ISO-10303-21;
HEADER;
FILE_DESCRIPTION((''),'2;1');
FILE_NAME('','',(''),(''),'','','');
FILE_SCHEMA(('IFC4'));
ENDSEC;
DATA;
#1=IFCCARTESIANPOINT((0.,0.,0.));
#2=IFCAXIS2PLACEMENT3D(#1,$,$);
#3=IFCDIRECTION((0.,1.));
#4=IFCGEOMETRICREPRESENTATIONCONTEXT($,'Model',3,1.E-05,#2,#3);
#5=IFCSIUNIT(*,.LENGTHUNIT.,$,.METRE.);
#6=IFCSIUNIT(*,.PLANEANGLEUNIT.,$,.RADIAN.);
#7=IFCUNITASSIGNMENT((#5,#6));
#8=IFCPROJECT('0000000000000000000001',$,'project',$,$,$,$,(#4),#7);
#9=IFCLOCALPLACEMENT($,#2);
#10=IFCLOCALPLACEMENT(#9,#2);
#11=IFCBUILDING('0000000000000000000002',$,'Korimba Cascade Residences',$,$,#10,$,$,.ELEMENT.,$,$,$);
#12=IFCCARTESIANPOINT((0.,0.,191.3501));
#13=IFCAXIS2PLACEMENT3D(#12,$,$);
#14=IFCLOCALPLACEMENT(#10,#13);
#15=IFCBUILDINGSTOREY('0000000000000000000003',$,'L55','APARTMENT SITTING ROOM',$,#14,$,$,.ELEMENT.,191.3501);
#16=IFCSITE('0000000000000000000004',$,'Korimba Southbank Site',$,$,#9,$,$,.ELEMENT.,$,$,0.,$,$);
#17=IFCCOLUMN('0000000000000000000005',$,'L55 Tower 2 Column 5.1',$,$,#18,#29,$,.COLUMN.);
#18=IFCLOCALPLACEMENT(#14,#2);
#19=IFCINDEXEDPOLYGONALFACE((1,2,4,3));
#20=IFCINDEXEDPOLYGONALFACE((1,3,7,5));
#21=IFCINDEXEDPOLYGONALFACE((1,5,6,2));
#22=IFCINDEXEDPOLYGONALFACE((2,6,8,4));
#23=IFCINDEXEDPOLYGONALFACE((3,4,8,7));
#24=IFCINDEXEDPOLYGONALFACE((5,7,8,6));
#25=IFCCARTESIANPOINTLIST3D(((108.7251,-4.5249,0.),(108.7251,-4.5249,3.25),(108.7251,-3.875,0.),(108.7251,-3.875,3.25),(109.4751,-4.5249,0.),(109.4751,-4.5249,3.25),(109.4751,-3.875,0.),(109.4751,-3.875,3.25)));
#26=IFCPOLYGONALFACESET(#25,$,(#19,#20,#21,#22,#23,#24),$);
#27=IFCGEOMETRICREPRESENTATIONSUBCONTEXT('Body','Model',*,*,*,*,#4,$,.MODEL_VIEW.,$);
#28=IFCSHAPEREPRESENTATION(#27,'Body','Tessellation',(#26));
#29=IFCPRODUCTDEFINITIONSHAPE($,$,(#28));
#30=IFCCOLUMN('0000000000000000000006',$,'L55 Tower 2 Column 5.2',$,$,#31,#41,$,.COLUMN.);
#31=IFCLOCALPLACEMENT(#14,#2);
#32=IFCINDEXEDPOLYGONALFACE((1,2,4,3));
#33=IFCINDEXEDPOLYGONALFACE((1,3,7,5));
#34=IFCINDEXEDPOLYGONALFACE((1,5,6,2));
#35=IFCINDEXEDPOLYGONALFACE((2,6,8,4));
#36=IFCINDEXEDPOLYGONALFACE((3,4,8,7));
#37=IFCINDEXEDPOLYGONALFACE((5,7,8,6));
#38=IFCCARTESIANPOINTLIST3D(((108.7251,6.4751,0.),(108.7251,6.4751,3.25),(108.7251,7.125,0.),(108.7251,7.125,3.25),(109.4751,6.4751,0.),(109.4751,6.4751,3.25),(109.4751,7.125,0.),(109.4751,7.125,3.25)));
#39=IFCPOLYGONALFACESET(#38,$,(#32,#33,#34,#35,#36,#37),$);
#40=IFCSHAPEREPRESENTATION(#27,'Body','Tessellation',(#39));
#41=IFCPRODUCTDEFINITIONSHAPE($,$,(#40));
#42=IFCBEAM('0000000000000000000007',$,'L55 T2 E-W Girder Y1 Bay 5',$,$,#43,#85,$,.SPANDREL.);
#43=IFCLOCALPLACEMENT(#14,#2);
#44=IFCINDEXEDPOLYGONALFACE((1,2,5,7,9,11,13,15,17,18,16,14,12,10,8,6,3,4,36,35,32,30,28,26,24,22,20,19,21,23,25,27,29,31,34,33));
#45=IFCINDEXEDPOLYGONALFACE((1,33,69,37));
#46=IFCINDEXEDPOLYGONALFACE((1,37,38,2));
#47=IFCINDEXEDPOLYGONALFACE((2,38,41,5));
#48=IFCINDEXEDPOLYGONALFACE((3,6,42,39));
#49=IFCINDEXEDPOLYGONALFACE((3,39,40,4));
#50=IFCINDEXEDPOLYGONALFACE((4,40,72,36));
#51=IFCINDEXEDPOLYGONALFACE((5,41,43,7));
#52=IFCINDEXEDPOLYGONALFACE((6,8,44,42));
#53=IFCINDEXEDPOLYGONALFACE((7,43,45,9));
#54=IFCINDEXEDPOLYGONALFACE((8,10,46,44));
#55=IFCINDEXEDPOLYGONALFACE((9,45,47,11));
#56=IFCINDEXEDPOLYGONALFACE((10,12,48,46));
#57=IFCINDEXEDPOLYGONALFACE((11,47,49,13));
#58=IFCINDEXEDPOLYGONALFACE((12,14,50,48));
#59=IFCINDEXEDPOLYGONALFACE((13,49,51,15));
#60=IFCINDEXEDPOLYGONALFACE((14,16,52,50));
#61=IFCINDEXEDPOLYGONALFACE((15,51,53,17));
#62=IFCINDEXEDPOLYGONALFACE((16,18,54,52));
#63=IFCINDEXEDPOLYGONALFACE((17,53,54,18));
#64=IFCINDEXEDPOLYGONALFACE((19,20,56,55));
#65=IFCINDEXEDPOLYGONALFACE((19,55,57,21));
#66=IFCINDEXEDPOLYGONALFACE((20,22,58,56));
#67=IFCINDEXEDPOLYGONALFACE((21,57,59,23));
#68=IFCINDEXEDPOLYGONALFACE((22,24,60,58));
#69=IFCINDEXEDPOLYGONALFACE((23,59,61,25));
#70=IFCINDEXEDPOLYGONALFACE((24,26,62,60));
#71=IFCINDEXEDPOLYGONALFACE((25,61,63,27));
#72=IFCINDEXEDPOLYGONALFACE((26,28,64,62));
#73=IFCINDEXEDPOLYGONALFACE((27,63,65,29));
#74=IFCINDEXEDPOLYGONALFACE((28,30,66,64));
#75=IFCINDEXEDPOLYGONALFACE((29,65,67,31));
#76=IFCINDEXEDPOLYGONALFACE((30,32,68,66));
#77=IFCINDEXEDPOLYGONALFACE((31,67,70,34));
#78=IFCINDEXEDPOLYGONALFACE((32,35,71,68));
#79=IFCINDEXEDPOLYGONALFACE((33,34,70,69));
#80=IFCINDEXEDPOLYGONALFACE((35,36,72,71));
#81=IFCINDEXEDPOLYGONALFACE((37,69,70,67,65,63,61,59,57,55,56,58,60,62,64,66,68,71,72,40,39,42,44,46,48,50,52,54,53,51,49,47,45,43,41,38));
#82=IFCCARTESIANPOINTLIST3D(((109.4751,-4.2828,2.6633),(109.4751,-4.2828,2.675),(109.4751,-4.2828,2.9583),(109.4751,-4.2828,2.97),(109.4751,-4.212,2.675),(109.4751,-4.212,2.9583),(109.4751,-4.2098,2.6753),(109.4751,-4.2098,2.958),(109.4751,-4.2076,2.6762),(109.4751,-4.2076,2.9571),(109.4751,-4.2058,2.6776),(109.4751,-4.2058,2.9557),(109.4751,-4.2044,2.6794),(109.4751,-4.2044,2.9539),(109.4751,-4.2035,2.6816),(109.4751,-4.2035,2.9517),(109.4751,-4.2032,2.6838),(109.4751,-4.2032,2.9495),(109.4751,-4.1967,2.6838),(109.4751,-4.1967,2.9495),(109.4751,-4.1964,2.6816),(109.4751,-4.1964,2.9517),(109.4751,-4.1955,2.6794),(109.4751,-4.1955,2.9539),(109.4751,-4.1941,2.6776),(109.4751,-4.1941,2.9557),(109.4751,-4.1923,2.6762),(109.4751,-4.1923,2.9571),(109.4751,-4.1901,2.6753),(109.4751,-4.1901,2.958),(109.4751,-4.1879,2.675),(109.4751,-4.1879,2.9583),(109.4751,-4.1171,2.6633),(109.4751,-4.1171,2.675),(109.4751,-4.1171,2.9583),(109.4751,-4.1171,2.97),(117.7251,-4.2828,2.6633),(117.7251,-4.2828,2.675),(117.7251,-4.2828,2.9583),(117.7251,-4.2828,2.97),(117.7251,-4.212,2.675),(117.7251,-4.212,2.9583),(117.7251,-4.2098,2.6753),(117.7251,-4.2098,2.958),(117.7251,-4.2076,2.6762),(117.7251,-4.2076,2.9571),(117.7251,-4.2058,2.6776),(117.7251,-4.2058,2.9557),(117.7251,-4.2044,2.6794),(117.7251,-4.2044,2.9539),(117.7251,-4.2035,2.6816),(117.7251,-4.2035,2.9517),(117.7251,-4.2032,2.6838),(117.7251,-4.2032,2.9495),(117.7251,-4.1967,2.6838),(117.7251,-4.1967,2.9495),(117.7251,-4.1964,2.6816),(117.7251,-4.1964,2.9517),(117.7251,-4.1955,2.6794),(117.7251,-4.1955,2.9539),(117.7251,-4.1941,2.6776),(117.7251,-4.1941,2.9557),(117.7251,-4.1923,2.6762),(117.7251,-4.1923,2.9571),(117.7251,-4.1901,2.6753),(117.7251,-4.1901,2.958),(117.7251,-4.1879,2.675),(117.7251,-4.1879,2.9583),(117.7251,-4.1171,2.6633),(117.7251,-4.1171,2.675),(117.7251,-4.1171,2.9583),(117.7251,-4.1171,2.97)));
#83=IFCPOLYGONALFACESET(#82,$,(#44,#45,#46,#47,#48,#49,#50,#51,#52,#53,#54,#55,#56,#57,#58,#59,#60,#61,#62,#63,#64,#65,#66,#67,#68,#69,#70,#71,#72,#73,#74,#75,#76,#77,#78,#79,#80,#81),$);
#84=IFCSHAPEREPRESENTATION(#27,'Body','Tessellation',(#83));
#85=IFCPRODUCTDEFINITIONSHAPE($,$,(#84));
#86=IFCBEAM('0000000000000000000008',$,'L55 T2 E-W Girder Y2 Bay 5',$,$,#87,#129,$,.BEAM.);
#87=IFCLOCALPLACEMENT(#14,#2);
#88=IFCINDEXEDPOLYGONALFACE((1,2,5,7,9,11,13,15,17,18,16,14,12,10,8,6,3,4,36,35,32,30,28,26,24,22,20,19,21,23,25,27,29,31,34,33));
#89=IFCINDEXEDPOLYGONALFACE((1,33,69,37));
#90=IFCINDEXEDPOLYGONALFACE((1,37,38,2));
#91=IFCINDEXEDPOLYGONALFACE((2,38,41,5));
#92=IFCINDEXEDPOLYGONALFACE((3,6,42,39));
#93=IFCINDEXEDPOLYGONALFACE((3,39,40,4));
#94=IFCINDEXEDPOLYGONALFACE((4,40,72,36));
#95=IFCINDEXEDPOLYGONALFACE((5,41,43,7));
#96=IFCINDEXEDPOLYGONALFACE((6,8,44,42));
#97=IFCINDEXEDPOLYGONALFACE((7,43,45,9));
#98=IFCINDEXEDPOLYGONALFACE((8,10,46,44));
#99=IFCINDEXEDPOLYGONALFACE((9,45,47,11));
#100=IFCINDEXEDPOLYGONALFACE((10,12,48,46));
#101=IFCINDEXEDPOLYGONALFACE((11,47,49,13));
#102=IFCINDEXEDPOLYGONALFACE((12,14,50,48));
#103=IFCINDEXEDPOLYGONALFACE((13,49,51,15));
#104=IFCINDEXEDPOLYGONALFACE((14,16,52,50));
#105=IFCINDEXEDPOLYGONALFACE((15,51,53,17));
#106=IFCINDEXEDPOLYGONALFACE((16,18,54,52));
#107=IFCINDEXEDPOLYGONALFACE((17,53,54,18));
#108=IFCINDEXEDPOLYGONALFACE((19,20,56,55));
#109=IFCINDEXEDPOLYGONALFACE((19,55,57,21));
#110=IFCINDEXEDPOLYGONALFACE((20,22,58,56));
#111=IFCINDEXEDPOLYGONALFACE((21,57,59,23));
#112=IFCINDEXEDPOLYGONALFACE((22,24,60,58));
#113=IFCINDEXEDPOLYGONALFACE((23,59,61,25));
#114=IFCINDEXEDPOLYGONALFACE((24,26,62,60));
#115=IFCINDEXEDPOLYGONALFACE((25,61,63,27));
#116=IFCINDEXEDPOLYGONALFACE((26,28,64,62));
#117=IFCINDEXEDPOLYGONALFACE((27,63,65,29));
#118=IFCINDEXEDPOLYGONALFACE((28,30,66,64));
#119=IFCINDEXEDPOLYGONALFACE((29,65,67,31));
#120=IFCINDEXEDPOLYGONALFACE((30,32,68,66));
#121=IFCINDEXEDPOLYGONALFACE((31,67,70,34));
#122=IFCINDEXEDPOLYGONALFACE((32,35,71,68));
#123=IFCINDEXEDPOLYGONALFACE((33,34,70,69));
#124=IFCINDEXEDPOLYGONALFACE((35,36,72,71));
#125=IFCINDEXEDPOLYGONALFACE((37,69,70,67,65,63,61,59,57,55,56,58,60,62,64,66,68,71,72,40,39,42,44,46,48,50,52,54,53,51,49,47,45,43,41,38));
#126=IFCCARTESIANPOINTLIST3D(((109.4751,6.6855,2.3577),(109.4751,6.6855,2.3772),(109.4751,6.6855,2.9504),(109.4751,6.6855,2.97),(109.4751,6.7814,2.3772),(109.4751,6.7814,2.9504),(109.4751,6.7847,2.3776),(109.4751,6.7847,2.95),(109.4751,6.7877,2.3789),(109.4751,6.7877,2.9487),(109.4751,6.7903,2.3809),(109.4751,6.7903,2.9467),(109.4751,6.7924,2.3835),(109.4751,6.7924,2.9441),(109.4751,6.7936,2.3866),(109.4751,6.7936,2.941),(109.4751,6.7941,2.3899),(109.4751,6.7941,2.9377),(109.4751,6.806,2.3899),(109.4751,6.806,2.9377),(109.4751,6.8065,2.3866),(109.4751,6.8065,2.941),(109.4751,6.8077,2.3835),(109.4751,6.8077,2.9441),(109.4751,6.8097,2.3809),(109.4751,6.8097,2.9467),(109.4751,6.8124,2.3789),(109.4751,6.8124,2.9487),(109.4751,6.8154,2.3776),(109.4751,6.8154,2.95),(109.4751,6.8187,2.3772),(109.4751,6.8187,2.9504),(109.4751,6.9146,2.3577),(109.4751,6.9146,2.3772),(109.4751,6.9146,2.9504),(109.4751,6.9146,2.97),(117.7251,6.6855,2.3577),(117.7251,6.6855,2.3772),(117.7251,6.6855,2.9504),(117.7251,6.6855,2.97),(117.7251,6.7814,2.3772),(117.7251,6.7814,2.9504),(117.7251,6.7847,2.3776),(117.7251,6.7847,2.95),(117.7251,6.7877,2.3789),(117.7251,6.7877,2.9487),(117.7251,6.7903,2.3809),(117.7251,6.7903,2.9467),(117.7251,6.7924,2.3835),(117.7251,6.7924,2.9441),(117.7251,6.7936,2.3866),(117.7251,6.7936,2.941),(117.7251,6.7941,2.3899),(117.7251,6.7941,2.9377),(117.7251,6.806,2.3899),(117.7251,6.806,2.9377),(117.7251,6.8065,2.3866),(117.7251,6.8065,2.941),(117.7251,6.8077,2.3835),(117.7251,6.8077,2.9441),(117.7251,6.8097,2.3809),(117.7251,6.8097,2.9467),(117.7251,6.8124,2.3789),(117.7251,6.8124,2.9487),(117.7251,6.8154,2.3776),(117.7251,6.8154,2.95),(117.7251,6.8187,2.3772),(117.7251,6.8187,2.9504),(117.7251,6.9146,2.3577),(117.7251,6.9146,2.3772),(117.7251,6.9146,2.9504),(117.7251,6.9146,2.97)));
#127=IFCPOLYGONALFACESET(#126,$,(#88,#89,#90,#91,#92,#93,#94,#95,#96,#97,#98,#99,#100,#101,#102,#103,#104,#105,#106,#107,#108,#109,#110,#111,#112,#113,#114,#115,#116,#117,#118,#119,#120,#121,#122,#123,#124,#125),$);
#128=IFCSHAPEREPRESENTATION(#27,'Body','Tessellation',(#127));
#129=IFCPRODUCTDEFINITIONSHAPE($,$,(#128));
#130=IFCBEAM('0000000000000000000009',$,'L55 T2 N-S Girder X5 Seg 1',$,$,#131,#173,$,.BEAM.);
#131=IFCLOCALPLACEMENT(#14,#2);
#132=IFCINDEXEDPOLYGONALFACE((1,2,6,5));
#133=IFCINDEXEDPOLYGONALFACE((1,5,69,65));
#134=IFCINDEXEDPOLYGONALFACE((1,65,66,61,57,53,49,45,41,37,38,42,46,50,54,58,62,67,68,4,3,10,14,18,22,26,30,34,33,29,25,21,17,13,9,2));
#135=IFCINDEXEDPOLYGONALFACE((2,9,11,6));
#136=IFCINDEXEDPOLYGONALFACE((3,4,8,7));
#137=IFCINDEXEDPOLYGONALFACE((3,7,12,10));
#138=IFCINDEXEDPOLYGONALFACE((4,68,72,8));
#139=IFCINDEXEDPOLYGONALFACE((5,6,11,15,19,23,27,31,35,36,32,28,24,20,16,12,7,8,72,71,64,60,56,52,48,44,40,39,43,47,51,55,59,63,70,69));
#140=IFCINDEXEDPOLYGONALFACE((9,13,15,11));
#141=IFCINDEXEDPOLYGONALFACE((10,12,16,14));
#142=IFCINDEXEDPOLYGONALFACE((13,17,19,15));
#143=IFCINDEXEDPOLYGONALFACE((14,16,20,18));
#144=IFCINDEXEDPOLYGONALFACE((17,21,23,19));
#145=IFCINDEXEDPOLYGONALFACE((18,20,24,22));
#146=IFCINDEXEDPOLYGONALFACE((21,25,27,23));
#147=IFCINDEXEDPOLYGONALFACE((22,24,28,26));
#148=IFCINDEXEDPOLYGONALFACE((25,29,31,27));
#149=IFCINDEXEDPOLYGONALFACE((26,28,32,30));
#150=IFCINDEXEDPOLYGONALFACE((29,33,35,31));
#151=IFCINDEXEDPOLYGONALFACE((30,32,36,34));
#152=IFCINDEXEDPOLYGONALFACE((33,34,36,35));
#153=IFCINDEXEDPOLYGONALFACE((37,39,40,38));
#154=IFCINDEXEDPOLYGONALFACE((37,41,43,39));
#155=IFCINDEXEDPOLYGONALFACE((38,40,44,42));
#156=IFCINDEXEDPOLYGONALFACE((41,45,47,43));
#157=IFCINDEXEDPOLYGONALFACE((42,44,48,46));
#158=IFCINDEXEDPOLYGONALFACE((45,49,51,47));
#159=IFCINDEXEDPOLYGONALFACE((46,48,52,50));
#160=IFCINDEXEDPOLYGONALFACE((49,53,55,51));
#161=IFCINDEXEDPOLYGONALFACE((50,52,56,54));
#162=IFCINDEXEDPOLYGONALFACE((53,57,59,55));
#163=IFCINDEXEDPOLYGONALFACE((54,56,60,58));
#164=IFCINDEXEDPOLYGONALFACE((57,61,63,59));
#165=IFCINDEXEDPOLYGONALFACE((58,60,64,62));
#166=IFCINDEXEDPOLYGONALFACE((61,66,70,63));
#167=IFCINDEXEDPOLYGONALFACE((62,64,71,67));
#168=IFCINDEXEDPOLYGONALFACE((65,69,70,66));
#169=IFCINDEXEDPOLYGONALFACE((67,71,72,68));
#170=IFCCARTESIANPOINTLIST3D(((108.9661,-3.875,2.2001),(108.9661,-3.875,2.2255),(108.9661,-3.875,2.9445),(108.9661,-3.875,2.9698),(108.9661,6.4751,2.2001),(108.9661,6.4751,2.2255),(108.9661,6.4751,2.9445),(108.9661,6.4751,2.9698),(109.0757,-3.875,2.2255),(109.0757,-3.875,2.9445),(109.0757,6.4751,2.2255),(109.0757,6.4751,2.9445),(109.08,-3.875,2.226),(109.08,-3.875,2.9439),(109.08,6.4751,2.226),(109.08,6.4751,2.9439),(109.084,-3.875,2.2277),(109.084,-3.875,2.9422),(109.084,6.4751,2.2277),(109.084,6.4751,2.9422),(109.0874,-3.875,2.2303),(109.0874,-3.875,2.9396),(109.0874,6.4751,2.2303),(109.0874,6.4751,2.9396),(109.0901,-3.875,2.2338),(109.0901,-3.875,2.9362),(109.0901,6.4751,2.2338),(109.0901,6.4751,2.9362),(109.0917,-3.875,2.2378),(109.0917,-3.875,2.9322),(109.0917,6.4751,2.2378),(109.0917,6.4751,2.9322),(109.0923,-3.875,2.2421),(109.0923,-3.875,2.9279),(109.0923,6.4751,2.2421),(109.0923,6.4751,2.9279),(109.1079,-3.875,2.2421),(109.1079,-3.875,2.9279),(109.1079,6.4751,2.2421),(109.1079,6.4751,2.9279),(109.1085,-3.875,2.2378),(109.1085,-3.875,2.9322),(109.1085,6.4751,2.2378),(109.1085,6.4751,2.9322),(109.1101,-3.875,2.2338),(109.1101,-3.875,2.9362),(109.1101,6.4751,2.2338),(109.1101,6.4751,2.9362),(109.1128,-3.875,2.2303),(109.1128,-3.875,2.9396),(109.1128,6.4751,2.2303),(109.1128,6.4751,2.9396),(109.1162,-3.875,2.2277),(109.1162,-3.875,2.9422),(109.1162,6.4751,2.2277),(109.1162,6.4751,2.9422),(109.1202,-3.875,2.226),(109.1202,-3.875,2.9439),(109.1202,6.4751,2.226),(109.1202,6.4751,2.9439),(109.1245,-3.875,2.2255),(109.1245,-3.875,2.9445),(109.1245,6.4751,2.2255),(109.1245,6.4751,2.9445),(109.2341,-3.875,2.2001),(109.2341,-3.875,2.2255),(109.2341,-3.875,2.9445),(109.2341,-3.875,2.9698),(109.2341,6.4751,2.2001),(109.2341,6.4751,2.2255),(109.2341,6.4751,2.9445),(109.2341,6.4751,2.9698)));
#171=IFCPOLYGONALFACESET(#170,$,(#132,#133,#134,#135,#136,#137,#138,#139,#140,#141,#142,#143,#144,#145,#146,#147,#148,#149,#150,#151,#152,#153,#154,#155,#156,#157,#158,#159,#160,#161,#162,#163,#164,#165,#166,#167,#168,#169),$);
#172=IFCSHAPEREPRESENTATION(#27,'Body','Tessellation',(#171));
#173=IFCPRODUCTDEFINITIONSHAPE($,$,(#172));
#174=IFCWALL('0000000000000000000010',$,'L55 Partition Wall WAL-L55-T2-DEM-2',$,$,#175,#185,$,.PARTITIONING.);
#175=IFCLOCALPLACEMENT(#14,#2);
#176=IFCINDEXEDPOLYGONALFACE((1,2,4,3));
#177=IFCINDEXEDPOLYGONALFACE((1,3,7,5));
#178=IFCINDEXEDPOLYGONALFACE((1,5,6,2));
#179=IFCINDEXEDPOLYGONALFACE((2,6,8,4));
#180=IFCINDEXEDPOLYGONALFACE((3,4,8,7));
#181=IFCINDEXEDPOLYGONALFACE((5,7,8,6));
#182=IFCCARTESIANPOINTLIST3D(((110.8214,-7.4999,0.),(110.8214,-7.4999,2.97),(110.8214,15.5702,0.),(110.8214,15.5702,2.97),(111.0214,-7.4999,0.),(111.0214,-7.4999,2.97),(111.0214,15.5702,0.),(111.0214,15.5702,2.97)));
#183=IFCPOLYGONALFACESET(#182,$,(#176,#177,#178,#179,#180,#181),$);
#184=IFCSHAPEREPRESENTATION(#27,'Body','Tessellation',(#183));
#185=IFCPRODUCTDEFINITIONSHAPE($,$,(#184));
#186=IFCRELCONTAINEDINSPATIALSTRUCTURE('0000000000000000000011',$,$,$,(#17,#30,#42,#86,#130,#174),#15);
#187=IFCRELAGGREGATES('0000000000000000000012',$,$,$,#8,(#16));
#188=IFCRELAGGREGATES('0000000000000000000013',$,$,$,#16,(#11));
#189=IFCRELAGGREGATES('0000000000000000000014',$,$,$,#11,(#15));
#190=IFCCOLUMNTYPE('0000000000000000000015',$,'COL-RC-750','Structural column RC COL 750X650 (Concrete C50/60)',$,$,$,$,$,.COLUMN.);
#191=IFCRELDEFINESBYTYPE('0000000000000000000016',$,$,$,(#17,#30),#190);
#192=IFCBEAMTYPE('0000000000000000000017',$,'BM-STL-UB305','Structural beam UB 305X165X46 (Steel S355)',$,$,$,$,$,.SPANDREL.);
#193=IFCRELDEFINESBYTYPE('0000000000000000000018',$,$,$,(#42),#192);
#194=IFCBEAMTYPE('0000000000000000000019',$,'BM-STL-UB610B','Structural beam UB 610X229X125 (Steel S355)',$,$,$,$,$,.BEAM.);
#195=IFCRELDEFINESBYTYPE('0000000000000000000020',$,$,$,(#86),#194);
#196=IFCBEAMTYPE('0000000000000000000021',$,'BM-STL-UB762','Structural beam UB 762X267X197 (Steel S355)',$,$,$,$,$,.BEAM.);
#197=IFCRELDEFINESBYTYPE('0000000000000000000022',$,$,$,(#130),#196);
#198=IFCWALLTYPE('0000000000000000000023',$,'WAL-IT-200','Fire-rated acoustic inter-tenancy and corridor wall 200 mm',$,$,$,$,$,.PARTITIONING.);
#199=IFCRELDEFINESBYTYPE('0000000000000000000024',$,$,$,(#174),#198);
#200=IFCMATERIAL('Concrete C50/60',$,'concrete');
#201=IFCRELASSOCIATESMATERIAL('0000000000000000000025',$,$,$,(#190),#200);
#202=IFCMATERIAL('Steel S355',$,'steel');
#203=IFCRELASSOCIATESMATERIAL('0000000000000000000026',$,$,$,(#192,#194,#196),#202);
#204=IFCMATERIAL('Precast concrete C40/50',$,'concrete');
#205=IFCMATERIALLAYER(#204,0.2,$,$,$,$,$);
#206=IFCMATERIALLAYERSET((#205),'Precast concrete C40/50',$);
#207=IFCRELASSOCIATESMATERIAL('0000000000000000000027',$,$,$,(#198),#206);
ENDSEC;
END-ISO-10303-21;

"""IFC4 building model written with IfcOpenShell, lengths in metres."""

from ifc_helpers import new_model, si_unit, direction, frame, frame_2d, origin, origin_2d, place, context, subcontext, project, spatial, rectangle, i_section, extrude, material, layer, layer_set, material_profile, profile_set, type_object, element, save


model = new_model("IFC4")

# Units and contexts
model_context = context("Model", 3, precision=1e-05, world=origin(), true_north=direction((0.0, 1.0)))
body_context = subcontext(model_context, "Body", "Model", "MODEL_VIEW")
ifc_project = project(units=[si_unit("LENGTHUNIT", "METRE"), si_unit("PLANEANGLEUNIT", "RADIAN")], contexts=[model_context])

# Site, building, storey
site_placement = place(None, origin())
site = spatial("IfcSite", under=ifc_project, at=site_placement, Name="Korimba Southbank Site", CompositionType="ELEMENT", RefElevation=0.0)
building_placement = place(site_placement, origin())
building = spatial("IfcBuilding", under=site, at=building_placement, Name="Korimba Cascade Residences", CompositionType="ELEMENT")
storey_placement = place(building_placement, frame((0.0, 0.0, 191.3501)))
storey = spatial("IfcBuildingStorey", under=building, at=storey_placement, Name="L55", Description="APARTMENT SITTING ROOM", CompositionType="ELEMENT", Elevation=191.3501)

# Columns
ifc_material_1 = material(Name="Concrete C50/60", Category="concrete")
ifc_material_profile_1 = material_profile(ifc_material_1, rectangle(XDim=0.75, YDim=0.6499, at=origin_2d()), Name="Concrete C50/60")
ifc_profile_set_1 = profile_set([ifc_material_profile_1], Name="Concrete C50/60")
column_type = type_object("IfcColumnType", Name="COL-RC-750", Description="Structural column RC COL 750X650 (Concrete C50/60)", PredefinedType="COLUMN", material=ifc_profile_set_1)
for number, where, z_axis, x_axis, name in (
    (1, (109.1001, -4.2, 0.0), (0.0, 0.0, 1.0), (1.0, 0.0, 0.0), "L55 Tower 2 Column 5.1"),
    (2, (109.1001, 6.8, 0.0), (0.0, 0.0, 1.0), (1.0, 0.0, 0.0), "L55 Tower 2 Column 5.2"),
):
    element("IfcColumn", number, at=place(storey_placement, frame(where, z_axis=z_axis, x_axis=x_axis)), inside=storey, type_object=column_type, Name=name, PredefinedType="COLUMN", context=body_context, shape_type="SweptSolid", body=[
        extrude(rectangle(XDim=0.75, YDim=0.6499, at=origin_2d()), origin(), (0.0, 0.0, 1.0), 3.25),
    ])

# Beams
ifc_material_2 = material(Name="Steel S355", Category="steel")
ifc_material_profile_2 = material_profile(ifc_material_2, i_section(OverallWidth=0.1658, OverallDepth=0.3066, WebThickness=0.0066, FlangeThickness=0.0117, FilletRadius=0.0088, at=origin_2d()), Name="Steel S355")
ifc_profile_set_2 = profile_set([ifc_material_profile_2], Name="Steel S355")
beam_type_1 = type_object("IfcBeamType", Name="BM-STL-UB305", Description="Structural beam UB 305X165X46 (Steel S355)", PredefinedType="SPANDREL", material=ifc_profile_set_2)
beam_1_placement = place(storey_placement, frame((109.4751, -4.2, 2.8167), z_axis=(1.0, 0.0, 0.0), x_axis=(0.0, 1.0, 0.0)))
element("IfcBeam", 3, at=beam_1_placement, inside=storey, type_object=beam_type_1, Name="L55 T2 E-W Girder Y1 Bay 5", PredefinedType="SPANDREL", context=body_context, shape_type="SweptSolid", body=[
    extrude(i_section(OverallWidth=0.1658, OverallDepth=0.3066, WebThickness=0.0066, FlangeThickness=0.0117, FilletRadius=0.0088, at=origin_2d()), origin(), (0.0, 0.0, 1.0), 8.25),
])
ifc_material_profile_3 = material_profile(ifc_material_2, i_section(OverallWidth=0.229, OverallDepth=0.6123, WebThickness=0.012, FlangeThickness=0.0195, FilletRadius=0.0127, at=origin_2d()), Name="Steel S355")
ifc_profile_set_3 = profile_set([ifc_material_profile_3], Name="Steel S355")
beam_type_2 = type_object("IfcBeamType", Name="BM-STL-UB610B", Description="Structural beam UB 610X229X125 (Steel S355)", PredefinedType="BEAM", material=ifc_profile_set_3)
beam_2_placement = place(storey_placement, frame((109.4751, 6.8, 2.6638), z_axis=(1.0, 0.0, 0.0), x_axis=(0.0, 1.0, 0.0)))
element("IfcBeam", 4, at=beam_2_placement, inside=storey, type_object=beam_type_2, Name="L55 T2 E-W Girder Y2 Bay 5", PredefinedType="BEAM", context=body_context, shape_type="SweptSolid", body=[
    extrude(i_section(OverallWidth=0.229, OverallDepth=0.6123, WebThickness=0.012, FlangeThickness=0.0195, FilletRadius=0.0127, at=origin_2d()), origin(), (0.0, 0.0, 1.0), 8.25),
])
ifc_material_profile_4 = material_profile(ifc_material_2, i_section(OverallWidth=0.2681, OverallDepth=0.7698, WebThickness=0.0156, FlangeThickness=0.0254, FilletRadius=0.0166, at=origin_2d()), Name="Steel S355")
ifc_profile_set_4 = profile_set([ifc_material_profile_4], Name="Steel S355")
beam_type_3 = type_object("IfcBeamType", Name="BM-STL-UB762", Description="Structural beam UB 762X267X197 (Steel S355)", PredefinedType="BEAM", material=ifc_profile_set_4)
beam_3_placement = place(storey_placement, frame((109.1001, -3.875, 2.585), z_axis=(0.0, 1.0, 0.0), x_axis=(-1.0, 0.0, 0.0)))
element("IfcBeam", 5, at=beam_3_placement, inside=storey, type_object=beam_type_3, Name="L55 T2 N-S Girder X5 Seg 1", PredefinedType="BEAM", context=body_context, shape_type="SweptSolid", body=[
    extrude(i_section(OverallWidth=0.2681, OverallDepth=0.7698, WebThickness=0.0156, FlangeThickness=0.0254, FilletRadius=0.0166, at=origin_2d()), origin(), (0.0, 0.0, 1.0), 10.3501),
])

# Wall
ifc_material_3 = material(Name="Precast concrete C40/50", Category="concrete")
ifc_layer_1 = layer(ifc_material_3, 0.2)
ifc_layer_set_1 = layer_set([ifc_layer_1], Name="Precast concrete C40/50")
wall_type_1 = type_object("IfcWallType", Name="WAL-IT-200", Description="Fire-rated acoustic inter-tenancy and corridor wall 200 mm", PredefinedType="PARTITIONING", material=ifc_layer_set_1)
wall_1_placement = place(storey_placement, frame((110.9214, -7.5, 0.0), z_axis=(0.0, 0.0, 1.0), x_axis=(0.0, 1.0, 0.0)))
element("IfcWall", 6, at=wall_1_placement, inside=storey, type_object=wall_type_1, Name="L55 Partition Wall WAL-L55-T2-DEM-2", PredefinedType="PARTITIONING", context=body_context, shape_type="SweptSolid", body=[
    extrude(rectangle(XDim=23.0701, YDim=0.2, at=frame_2d((11.5352, 0.0))), origin(), (0.0, 0.0, 1.0), 2.97),
])

save(model, "model.ifc")
